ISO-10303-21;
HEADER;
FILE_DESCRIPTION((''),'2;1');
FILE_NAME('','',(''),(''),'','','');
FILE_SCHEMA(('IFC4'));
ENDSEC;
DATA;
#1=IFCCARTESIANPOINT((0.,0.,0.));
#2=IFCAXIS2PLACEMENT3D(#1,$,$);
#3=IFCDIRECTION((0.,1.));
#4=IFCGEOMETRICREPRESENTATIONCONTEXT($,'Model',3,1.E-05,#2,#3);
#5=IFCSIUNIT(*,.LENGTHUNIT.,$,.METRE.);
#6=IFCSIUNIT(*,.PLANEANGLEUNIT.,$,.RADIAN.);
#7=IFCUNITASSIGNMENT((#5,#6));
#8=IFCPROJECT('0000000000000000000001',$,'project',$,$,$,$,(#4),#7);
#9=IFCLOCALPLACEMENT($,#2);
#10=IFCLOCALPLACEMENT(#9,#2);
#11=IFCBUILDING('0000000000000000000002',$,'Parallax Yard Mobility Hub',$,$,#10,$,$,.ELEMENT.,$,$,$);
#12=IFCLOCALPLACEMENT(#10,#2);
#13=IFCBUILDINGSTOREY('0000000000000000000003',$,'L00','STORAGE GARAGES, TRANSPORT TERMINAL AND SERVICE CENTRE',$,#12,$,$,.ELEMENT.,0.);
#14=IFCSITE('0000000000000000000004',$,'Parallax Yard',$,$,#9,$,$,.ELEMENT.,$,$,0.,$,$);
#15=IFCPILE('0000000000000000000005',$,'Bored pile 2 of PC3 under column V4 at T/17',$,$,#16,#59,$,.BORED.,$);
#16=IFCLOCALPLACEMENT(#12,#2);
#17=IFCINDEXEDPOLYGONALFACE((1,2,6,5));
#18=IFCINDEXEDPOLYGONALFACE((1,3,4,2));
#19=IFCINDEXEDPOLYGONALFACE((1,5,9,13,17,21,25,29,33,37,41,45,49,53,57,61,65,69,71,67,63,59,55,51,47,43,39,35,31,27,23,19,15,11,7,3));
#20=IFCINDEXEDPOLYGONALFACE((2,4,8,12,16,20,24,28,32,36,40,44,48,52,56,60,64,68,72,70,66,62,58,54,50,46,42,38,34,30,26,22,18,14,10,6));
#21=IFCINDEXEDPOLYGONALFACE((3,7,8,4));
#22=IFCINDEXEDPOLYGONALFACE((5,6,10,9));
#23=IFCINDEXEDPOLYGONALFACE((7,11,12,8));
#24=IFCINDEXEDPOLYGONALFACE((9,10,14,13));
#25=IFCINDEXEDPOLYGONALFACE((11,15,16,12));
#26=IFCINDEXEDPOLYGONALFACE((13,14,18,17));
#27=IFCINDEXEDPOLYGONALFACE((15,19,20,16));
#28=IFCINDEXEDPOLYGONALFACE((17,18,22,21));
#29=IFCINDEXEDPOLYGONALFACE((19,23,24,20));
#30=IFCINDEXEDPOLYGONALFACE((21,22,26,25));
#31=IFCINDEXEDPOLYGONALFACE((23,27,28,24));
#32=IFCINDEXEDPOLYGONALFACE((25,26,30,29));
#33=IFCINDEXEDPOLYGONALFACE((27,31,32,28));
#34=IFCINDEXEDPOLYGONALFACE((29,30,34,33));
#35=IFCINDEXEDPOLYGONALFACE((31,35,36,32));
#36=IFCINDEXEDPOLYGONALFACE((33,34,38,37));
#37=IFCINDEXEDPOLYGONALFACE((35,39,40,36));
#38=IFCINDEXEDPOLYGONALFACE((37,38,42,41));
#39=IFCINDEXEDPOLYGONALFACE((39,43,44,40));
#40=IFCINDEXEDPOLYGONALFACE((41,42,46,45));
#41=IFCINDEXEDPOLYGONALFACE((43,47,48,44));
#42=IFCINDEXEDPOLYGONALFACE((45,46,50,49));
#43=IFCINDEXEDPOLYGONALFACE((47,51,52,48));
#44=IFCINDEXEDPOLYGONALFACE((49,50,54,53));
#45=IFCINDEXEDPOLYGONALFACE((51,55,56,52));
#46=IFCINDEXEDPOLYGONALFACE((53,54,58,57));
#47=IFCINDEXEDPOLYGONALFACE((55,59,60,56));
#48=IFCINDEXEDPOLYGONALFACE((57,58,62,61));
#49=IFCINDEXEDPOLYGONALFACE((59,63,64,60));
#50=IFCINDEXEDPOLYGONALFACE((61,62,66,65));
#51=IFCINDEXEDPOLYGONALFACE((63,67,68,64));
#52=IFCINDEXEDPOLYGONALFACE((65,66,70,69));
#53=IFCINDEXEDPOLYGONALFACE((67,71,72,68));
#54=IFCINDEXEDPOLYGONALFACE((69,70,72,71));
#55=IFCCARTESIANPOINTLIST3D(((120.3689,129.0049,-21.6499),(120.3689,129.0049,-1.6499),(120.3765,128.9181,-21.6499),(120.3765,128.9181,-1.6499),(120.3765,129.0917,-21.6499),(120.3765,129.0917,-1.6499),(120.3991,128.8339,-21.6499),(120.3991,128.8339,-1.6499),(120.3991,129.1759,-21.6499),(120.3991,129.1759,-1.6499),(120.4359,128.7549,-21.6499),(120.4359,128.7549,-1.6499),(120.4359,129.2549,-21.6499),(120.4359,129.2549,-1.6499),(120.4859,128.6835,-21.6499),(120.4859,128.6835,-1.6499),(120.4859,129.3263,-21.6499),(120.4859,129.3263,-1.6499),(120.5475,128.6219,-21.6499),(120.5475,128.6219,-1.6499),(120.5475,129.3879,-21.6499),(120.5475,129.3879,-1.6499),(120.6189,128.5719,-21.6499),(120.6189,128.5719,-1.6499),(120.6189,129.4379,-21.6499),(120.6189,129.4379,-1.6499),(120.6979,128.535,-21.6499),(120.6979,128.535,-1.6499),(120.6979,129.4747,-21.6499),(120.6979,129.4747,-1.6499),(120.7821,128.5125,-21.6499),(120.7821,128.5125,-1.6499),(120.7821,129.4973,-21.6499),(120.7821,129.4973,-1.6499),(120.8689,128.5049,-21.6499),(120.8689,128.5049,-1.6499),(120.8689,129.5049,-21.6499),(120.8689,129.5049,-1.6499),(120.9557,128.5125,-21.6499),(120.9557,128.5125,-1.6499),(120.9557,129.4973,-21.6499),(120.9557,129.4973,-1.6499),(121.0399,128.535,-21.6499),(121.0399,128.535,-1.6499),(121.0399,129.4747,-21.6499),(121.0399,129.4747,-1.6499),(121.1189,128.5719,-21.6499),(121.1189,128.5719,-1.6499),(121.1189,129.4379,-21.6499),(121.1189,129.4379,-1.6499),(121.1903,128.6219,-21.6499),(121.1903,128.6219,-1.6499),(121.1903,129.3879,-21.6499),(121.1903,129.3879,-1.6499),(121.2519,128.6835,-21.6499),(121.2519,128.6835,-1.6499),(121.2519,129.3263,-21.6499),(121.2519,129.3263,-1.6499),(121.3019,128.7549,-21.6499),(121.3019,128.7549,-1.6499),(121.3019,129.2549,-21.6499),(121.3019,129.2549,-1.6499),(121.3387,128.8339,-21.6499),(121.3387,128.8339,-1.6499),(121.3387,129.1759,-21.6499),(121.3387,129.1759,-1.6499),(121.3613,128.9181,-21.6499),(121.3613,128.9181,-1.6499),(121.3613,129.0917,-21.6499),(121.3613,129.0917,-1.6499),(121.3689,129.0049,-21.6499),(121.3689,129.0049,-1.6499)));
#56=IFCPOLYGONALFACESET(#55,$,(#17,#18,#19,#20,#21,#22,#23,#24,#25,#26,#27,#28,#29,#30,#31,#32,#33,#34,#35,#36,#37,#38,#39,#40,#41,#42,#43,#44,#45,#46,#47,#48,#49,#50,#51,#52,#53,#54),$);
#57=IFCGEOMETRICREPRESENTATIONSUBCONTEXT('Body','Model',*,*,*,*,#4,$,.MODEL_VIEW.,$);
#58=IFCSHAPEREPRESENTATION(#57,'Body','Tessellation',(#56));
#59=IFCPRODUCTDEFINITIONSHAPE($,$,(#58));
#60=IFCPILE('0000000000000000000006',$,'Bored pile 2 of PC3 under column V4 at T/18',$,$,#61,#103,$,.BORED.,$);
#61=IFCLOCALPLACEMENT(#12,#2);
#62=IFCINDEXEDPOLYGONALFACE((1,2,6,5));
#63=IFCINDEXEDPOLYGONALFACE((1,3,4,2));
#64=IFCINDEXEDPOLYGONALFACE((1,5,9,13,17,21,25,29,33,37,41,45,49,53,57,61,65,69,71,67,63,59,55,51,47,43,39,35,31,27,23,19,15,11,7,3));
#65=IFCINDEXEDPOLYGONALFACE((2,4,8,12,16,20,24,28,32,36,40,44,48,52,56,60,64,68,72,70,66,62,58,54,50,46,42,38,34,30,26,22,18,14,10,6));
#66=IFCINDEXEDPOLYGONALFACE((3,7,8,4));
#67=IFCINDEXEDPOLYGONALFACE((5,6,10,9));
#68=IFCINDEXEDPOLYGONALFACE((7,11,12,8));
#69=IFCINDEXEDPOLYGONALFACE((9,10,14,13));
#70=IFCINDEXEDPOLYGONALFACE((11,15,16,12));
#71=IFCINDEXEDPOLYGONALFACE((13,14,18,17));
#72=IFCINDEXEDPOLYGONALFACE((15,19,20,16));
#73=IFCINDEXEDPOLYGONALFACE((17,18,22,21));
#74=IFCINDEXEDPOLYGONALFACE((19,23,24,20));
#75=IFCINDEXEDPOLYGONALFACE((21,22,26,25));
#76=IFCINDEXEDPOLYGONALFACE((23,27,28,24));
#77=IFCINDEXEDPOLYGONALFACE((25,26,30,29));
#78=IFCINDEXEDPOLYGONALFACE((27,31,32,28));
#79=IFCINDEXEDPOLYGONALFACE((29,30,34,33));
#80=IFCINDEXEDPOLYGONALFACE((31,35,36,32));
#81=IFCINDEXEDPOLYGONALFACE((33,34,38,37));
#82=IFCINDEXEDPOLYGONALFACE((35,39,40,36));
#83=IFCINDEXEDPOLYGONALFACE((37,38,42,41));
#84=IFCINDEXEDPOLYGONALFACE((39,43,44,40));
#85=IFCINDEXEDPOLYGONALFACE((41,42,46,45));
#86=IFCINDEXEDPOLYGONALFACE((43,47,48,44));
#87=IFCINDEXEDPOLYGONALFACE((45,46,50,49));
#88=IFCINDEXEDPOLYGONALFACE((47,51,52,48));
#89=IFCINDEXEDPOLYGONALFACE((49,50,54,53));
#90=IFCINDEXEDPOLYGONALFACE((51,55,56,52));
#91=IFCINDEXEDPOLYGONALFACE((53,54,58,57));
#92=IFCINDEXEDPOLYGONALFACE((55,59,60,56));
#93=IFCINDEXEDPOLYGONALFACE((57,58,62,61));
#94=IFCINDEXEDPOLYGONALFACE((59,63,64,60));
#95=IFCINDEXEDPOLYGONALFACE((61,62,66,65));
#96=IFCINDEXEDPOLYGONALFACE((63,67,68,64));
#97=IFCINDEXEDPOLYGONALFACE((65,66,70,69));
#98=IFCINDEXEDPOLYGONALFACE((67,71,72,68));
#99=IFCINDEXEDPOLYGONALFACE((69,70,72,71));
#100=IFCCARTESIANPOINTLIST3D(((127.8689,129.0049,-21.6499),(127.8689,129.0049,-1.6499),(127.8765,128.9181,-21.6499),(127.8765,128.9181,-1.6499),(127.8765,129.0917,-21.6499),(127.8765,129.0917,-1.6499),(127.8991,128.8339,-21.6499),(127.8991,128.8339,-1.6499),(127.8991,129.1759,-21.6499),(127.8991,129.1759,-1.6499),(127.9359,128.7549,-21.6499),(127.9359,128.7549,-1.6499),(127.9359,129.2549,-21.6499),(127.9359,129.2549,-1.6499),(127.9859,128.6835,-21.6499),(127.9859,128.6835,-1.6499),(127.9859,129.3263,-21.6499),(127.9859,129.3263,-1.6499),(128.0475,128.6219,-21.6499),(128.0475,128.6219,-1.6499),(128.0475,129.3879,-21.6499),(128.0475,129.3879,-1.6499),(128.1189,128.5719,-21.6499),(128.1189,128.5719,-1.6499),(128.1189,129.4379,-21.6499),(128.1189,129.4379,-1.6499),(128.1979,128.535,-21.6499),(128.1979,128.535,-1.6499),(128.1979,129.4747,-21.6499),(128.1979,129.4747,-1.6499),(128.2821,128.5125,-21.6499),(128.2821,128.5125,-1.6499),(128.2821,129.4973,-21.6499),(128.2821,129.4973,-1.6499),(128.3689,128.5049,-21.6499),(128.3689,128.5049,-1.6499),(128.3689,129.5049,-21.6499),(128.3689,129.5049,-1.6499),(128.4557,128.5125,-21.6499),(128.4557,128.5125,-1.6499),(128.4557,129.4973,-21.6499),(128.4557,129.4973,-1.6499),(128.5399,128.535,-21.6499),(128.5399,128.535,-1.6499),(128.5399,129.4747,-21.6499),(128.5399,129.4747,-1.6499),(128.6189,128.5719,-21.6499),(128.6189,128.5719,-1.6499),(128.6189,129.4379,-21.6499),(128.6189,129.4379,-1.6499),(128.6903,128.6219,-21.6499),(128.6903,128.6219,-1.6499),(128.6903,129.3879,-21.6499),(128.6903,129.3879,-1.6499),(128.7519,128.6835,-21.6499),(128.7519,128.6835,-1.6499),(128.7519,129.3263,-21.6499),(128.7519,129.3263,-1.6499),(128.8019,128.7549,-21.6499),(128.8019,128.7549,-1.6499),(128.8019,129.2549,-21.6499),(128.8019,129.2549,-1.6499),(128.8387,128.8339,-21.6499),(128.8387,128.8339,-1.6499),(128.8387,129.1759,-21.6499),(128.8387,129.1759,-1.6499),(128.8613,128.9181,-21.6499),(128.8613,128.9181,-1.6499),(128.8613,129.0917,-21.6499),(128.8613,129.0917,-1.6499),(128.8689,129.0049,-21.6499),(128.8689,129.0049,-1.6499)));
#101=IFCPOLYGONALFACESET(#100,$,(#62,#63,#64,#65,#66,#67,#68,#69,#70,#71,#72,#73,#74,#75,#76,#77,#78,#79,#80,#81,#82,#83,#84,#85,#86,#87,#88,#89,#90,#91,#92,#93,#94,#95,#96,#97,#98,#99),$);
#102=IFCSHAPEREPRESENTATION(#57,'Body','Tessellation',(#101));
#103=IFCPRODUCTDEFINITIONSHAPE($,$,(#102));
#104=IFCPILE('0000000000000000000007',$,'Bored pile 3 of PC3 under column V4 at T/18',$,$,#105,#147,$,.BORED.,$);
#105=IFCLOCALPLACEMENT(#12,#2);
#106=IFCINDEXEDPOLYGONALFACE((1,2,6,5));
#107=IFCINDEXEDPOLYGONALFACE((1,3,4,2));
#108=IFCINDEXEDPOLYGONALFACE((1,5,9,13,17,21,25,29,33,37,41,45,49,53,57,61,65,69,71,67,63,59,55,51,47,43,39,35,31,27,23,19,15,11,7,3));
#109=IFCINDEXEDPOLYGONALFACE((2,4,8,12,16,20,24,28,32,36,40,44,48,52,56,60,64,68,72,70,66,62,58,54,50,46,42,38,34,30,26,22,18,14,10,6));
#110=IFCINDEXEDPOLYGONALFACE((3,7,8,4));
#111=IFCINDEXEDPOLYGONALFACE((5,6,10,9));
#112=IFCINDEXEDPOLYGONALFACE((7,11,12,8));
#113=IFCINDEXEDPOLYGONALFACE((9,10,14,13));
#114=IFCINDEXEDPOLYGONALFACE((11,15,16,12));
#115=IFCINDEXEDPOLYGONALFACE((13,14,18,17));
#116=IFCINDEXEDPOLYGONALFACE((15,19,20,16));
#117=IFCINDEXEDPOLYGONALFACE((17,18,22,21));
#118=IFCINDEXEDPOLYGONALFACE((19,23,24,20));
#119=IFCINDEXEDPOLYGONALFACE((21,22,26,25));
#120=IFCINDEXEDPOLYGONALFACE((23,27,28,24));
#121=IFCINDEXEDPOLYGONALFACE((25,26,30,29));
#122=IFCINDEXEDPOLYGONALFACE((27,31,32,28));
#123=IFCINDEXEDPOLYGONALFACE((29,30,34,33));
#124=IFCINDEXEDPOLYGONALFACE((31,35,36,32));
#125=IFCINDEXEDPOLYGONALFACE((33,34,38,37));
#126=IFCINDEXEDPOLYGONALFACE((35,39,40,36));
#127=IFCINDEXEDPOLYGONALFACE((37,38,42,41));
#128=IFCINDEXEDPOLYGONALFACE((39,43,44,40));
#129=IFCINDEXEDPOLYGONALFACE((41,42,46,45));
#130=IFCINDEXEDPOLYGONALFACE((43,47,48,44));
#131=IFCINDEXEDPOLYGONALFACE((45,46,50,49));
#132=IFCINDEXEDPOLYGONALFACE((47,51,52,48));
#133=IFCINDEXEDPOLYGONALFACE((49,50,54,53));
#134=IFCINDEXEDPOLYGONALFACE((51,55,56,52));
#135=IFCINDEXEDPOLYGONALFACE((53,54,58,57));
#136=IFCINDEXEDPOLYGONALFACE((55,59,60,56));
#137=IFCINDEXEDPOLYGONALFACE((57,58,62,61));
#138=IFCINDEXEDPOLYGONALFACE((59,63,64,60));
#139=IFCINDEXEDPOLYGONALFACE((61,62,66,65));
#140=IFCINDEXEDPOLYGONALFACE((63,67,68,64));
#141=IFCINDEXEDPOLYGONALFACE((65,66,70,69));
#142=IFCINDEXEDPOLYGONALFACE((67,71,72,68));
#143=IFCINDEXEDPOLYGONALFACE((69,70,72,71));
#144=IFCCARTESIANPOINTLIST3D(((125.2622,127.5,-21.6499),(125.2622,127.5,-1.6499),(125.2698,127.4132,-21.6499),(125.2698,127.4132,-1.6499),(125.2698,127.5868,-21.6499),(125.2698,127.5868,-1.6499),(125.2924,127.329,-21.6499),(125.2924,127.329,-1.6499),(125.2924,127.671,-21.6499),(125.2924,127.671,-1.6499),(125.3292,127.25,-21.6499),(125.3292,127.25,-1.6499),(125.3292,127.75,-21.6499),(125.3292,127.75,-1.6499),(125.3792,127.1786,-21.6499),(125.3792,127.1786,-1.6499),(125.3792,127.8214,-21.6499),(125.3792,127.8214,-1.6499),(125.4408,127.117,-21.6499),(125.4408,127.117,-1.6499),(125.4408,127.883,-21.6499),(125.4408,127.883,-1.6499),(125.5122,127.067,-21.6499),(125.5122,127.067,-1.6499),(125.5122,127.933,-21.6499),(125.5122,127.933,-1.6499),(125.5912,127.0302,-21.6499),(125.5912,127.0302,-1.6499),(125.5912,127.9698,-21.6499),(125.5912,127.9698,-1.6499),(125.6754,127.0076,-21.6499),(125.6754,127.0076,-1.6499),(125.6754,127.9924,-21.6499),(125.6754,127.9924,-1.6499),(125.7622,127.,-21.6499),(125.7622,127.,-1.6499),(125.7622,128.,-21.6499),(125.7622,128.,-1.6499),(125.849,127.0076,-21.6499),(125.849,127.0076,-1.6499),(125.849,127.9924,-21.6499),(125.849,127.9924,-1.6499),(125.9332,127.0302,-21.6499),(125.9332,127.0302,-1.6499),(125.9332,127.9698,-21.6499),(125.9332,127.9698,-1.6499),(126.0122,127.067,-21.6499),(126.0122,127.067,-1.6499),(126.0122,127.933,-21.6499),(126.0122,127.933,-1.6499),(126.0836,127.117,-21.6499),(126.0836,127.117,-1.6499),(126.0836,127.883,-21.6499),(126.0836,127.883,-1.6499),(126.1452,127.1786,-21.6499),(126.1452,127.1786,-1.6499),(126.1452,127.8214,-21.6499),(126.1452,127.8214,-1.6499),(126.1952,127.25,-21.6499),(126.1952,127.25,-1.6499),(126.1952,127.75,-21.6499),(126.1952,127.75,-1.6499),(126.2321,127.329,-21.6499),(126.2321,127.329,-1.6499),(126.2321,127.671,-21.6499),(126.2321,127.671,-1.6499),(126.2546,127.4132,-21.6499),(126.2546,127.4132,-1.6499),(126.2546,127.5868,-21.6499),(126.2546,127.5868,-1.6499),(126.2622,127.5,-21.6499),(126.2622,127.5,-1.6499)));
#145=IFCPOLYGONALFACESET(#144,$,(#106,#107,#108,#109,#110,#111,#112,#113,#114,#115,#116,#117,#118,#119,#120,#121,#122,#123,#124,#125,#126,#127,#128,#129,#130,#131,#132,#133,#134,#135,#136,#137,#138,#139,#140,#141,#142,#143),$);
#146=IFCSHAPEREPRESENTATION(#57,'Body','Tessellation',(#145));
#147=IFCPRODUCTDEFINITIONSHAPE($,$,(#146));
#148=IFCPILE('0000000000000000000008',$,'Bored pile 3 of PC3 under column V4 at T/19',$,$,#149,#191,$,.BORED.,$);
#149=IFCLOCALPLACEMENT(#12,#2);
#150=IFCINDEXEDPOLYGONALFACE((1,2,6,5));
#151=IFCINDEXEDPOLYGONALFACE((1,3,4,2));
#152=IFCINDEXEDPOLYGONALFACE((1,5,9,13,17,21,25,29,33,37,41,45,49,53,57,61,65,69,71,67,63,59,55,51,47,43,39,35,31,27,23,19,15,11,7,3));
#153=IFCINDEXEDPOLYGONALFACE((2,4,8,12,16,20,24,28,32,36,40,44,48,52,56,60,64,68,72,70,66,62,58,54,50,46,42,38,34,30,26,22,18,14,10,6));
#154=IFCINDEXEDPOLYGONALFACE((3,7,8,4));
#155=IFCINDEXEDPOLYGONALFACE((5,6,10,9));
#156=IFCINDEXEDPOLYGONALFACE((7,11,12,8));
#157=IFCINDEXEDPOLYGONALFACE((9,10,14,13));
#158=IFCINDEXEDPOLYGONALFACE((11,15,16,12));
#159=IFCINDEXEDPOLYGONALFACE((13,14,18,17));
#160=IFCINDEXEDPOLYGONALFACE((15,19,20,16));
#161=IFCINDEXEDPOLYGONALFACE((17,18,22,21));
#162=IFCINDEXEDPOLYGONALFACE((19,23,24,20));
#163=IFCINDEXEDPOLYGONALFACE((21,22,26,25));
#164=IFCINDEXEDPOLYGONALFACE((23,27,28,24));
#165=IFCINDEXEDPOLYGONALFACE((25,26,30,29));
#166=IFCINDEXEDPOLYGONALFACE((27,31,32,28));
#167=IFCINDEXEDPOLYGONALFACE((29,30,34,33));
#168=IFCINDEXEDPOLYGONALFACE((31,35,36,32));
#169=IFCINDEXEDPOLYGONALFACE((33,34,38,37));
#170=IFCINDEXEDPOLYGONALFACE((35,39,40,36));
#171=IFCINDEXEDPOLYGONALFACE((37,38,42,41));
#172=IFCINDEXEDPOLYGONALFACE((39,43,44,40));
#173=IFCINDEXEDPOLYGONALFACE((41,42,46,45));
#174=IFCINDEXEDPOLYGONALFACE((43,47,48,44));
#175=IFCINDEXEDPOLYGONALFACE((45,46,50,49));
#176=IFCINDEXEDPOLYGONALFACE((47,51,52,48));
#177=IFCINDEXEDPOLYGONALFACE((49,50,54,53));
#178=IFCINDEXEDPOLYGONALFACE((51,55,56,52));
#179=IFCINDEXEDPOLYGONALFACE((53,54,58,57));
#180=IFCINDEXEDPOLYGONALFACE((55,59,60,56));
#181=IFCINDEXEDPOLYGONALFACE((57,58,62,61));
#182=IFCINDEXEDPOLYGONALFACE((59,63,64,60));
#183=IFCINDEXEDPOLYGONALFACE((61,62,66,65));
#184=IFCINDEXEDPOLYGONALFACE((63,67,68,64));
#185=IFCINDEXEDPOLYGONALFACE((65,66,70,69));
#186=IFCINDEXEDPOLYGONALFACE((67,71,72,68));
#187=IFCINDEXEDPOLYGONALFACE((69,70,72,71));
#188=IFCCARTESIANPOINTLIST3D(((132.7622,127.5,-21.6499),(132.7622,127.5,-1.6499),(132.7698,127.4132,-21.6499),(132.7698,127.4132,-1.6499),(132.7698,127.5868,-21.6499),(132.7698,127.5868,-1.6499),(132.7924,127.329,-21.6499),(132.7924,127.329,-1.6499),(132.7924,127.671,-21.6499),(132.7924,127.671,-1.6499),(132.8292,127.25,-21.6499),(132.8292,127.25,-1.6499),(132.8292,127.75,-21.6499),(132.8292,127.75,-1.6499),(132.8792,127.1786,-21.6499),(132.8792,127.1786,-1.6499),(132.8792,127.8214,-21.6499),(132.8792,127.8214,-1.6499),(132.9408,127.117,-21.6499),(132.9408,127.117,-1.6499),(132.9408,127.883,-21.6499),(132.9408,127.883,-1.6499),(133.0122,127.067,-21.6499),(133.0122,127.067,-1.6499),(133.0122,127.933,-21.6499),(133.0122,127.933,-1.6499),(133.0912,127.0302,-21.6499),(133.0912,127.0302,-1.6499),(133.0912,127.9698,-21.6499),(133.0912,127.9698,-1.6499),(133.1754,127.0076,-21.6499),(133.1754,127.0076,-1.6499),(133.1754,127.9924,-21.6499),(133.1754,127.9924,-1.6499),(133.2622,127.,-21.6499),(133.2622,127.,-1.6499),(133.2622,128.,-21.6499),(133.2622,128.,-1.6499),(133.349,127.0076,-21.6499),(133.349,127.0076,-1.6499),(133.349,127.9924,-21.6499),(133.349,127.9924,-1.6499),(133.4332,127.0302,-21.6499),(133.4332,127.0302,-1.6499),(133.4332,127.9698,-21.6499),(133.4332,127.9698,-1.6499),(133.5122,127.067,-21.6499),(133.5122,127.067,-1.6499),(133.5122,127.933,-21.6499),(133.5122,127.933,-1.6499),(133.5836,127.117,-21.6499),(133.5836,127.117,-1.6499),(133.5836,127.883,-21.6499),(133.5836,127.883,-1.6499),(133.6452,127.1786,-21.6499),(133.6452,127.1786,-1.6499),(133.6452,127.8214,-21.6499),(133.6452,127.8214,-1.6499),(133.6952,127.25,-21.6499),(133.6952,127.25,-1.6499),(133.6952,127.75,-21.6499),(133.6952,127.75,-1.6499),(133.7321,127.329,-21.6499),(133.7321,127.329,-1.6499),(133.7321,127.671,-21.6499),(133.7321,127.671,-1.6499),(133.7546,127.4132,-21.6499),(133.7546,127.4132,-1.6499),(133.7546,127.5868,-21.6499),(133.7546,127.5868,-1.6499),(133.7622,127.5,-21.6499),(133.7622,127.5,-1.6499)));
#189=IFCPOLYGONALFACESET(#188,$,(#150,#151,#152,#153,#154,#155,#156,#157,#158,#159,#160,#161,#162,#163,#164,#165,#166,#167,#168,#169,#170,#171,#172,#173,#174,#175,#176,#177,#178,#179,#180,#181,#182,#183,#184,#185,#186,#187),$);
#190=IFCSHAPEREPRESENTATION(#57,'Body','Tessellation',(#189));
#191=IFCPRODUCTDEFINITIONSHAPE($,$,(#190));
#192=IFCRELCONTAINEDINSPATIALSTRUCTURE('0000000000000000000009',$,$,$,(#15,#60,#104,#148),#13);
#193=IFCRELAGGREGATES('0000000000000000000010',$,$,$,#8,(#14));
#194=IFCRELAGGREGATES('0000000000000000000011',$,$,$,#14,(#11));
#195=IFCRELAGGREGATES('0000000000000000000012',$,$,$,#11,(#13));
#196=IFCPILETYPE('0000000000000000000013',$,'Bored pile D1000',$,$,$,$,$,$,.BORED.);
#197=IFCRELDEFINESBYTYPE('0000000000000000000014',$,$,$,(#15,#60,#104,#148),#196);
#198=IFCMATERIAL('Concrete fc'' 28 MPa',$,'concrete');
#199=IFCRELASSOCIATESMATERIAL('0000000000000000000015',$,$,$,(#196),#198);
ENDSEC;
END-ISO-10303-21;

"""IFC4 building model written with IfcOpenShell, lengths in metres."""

from ifc_helpers import new_model, si_unit, direction, frame, origin, origin_2d, place, context, subcontext, project, spatial, circle, extrude, material, material_profile, profile_set, type_object, element, save


model = new_model("IFC4")

# Units and contexts
model_context = context("Model", 3, precision=1e-05, world=origin(), true_north=direction((0.0, 1.0)))
body_context = subcontext(model_context, "Body", "Model", "MODEL_VIEW")
ifc_project = project(units=[si_unit("LENGTHUNIT", "METRE"), si_unit("PLANEANGLEUNIT", "RADIAN")], contexts=[model_context])

# Site, building, storey
site_placement = place(None, origin())
site = spatial("IfcSite", under=ifc_project, at=site_placement, Name="Parallax Yard", CompositionType="ELEMENT", RefElevation=0.0)
building_placement = place(site_placement, origin())
building = spatial("IfcBuilding", under=site, at=building_placement, Name="Parallax Yard Mobility Hub", CompositionType="ELEMENT")
storey_placement = place(building_placement, origin())
storey = spatial("IfcBuildingStorey", under=building, at=storey_placement, Name="L00", Description="STORAGE GARAGES, TRANSPORT TERMINAL AND SERVICE CENTRE", CompositionType="ELEMENT", Elevation=0.0)

# Piles
ifc_material_1 = material(Name="Concrete fc' 28 MPa", Category="concrete")
ifc_material_profile_1 = material_profile(ifc_material_1, circle(Radius=0.5, at=origin_2d()), Name="Bored pile D1000")
ifc_profile_set_1 = profile_set([ifc_material_profile_1], Name="Concrete fc' 28 MPa")
pile_type = type_object("IfcPileType", Name="Bored pile D1000", PredefinedType="BORED", material=ifc_profile_set_1)
for number, where, z_axis, x_axis, name in (
    (1, (120.8689, 129.0049, -1.6499), (0.0, 0.0, -1.0), (1.0, 0.0, 0.0), "Bored pile 2 of PC3 under column V4 at T/17"),
    (2, (128.3689, 129.0049, -1.6499), (0.0, 0.0, -1.0), (1.0, 0.0, 0.0), "Bored pile 2 of PC3 under column V4 at T/18"),
    (3, (125.7622, 127.5, -1.6499), (0.0, 0.0, -1.0), (1.0, 0.0, 0.0), "Bored pile 3 of PC3 under column V4 at T/18"),
    (4, (133.2622, 127.5, -1.6499), (0.0, 0.0, -1.0), (1.0, 0.0, 0.0), "Bored pile 3 of PC3 under column V4 at T/19"),
):
    element("IfcPile", number, at=place(storey_placement, frame(where, z_axis=z_axis, x_axis=x_axis)), inside=storey, type_object=pile_type, Name=name, PredefinedType="BORED", context=body_context, shape_type="SweptSolid", body=[
        extrude(circle(Radius=0.5, at=origin_2d()), origin(), (0.0, 0.0, 1.0), 20.0),
    ])

save(model, "model.ifc")
